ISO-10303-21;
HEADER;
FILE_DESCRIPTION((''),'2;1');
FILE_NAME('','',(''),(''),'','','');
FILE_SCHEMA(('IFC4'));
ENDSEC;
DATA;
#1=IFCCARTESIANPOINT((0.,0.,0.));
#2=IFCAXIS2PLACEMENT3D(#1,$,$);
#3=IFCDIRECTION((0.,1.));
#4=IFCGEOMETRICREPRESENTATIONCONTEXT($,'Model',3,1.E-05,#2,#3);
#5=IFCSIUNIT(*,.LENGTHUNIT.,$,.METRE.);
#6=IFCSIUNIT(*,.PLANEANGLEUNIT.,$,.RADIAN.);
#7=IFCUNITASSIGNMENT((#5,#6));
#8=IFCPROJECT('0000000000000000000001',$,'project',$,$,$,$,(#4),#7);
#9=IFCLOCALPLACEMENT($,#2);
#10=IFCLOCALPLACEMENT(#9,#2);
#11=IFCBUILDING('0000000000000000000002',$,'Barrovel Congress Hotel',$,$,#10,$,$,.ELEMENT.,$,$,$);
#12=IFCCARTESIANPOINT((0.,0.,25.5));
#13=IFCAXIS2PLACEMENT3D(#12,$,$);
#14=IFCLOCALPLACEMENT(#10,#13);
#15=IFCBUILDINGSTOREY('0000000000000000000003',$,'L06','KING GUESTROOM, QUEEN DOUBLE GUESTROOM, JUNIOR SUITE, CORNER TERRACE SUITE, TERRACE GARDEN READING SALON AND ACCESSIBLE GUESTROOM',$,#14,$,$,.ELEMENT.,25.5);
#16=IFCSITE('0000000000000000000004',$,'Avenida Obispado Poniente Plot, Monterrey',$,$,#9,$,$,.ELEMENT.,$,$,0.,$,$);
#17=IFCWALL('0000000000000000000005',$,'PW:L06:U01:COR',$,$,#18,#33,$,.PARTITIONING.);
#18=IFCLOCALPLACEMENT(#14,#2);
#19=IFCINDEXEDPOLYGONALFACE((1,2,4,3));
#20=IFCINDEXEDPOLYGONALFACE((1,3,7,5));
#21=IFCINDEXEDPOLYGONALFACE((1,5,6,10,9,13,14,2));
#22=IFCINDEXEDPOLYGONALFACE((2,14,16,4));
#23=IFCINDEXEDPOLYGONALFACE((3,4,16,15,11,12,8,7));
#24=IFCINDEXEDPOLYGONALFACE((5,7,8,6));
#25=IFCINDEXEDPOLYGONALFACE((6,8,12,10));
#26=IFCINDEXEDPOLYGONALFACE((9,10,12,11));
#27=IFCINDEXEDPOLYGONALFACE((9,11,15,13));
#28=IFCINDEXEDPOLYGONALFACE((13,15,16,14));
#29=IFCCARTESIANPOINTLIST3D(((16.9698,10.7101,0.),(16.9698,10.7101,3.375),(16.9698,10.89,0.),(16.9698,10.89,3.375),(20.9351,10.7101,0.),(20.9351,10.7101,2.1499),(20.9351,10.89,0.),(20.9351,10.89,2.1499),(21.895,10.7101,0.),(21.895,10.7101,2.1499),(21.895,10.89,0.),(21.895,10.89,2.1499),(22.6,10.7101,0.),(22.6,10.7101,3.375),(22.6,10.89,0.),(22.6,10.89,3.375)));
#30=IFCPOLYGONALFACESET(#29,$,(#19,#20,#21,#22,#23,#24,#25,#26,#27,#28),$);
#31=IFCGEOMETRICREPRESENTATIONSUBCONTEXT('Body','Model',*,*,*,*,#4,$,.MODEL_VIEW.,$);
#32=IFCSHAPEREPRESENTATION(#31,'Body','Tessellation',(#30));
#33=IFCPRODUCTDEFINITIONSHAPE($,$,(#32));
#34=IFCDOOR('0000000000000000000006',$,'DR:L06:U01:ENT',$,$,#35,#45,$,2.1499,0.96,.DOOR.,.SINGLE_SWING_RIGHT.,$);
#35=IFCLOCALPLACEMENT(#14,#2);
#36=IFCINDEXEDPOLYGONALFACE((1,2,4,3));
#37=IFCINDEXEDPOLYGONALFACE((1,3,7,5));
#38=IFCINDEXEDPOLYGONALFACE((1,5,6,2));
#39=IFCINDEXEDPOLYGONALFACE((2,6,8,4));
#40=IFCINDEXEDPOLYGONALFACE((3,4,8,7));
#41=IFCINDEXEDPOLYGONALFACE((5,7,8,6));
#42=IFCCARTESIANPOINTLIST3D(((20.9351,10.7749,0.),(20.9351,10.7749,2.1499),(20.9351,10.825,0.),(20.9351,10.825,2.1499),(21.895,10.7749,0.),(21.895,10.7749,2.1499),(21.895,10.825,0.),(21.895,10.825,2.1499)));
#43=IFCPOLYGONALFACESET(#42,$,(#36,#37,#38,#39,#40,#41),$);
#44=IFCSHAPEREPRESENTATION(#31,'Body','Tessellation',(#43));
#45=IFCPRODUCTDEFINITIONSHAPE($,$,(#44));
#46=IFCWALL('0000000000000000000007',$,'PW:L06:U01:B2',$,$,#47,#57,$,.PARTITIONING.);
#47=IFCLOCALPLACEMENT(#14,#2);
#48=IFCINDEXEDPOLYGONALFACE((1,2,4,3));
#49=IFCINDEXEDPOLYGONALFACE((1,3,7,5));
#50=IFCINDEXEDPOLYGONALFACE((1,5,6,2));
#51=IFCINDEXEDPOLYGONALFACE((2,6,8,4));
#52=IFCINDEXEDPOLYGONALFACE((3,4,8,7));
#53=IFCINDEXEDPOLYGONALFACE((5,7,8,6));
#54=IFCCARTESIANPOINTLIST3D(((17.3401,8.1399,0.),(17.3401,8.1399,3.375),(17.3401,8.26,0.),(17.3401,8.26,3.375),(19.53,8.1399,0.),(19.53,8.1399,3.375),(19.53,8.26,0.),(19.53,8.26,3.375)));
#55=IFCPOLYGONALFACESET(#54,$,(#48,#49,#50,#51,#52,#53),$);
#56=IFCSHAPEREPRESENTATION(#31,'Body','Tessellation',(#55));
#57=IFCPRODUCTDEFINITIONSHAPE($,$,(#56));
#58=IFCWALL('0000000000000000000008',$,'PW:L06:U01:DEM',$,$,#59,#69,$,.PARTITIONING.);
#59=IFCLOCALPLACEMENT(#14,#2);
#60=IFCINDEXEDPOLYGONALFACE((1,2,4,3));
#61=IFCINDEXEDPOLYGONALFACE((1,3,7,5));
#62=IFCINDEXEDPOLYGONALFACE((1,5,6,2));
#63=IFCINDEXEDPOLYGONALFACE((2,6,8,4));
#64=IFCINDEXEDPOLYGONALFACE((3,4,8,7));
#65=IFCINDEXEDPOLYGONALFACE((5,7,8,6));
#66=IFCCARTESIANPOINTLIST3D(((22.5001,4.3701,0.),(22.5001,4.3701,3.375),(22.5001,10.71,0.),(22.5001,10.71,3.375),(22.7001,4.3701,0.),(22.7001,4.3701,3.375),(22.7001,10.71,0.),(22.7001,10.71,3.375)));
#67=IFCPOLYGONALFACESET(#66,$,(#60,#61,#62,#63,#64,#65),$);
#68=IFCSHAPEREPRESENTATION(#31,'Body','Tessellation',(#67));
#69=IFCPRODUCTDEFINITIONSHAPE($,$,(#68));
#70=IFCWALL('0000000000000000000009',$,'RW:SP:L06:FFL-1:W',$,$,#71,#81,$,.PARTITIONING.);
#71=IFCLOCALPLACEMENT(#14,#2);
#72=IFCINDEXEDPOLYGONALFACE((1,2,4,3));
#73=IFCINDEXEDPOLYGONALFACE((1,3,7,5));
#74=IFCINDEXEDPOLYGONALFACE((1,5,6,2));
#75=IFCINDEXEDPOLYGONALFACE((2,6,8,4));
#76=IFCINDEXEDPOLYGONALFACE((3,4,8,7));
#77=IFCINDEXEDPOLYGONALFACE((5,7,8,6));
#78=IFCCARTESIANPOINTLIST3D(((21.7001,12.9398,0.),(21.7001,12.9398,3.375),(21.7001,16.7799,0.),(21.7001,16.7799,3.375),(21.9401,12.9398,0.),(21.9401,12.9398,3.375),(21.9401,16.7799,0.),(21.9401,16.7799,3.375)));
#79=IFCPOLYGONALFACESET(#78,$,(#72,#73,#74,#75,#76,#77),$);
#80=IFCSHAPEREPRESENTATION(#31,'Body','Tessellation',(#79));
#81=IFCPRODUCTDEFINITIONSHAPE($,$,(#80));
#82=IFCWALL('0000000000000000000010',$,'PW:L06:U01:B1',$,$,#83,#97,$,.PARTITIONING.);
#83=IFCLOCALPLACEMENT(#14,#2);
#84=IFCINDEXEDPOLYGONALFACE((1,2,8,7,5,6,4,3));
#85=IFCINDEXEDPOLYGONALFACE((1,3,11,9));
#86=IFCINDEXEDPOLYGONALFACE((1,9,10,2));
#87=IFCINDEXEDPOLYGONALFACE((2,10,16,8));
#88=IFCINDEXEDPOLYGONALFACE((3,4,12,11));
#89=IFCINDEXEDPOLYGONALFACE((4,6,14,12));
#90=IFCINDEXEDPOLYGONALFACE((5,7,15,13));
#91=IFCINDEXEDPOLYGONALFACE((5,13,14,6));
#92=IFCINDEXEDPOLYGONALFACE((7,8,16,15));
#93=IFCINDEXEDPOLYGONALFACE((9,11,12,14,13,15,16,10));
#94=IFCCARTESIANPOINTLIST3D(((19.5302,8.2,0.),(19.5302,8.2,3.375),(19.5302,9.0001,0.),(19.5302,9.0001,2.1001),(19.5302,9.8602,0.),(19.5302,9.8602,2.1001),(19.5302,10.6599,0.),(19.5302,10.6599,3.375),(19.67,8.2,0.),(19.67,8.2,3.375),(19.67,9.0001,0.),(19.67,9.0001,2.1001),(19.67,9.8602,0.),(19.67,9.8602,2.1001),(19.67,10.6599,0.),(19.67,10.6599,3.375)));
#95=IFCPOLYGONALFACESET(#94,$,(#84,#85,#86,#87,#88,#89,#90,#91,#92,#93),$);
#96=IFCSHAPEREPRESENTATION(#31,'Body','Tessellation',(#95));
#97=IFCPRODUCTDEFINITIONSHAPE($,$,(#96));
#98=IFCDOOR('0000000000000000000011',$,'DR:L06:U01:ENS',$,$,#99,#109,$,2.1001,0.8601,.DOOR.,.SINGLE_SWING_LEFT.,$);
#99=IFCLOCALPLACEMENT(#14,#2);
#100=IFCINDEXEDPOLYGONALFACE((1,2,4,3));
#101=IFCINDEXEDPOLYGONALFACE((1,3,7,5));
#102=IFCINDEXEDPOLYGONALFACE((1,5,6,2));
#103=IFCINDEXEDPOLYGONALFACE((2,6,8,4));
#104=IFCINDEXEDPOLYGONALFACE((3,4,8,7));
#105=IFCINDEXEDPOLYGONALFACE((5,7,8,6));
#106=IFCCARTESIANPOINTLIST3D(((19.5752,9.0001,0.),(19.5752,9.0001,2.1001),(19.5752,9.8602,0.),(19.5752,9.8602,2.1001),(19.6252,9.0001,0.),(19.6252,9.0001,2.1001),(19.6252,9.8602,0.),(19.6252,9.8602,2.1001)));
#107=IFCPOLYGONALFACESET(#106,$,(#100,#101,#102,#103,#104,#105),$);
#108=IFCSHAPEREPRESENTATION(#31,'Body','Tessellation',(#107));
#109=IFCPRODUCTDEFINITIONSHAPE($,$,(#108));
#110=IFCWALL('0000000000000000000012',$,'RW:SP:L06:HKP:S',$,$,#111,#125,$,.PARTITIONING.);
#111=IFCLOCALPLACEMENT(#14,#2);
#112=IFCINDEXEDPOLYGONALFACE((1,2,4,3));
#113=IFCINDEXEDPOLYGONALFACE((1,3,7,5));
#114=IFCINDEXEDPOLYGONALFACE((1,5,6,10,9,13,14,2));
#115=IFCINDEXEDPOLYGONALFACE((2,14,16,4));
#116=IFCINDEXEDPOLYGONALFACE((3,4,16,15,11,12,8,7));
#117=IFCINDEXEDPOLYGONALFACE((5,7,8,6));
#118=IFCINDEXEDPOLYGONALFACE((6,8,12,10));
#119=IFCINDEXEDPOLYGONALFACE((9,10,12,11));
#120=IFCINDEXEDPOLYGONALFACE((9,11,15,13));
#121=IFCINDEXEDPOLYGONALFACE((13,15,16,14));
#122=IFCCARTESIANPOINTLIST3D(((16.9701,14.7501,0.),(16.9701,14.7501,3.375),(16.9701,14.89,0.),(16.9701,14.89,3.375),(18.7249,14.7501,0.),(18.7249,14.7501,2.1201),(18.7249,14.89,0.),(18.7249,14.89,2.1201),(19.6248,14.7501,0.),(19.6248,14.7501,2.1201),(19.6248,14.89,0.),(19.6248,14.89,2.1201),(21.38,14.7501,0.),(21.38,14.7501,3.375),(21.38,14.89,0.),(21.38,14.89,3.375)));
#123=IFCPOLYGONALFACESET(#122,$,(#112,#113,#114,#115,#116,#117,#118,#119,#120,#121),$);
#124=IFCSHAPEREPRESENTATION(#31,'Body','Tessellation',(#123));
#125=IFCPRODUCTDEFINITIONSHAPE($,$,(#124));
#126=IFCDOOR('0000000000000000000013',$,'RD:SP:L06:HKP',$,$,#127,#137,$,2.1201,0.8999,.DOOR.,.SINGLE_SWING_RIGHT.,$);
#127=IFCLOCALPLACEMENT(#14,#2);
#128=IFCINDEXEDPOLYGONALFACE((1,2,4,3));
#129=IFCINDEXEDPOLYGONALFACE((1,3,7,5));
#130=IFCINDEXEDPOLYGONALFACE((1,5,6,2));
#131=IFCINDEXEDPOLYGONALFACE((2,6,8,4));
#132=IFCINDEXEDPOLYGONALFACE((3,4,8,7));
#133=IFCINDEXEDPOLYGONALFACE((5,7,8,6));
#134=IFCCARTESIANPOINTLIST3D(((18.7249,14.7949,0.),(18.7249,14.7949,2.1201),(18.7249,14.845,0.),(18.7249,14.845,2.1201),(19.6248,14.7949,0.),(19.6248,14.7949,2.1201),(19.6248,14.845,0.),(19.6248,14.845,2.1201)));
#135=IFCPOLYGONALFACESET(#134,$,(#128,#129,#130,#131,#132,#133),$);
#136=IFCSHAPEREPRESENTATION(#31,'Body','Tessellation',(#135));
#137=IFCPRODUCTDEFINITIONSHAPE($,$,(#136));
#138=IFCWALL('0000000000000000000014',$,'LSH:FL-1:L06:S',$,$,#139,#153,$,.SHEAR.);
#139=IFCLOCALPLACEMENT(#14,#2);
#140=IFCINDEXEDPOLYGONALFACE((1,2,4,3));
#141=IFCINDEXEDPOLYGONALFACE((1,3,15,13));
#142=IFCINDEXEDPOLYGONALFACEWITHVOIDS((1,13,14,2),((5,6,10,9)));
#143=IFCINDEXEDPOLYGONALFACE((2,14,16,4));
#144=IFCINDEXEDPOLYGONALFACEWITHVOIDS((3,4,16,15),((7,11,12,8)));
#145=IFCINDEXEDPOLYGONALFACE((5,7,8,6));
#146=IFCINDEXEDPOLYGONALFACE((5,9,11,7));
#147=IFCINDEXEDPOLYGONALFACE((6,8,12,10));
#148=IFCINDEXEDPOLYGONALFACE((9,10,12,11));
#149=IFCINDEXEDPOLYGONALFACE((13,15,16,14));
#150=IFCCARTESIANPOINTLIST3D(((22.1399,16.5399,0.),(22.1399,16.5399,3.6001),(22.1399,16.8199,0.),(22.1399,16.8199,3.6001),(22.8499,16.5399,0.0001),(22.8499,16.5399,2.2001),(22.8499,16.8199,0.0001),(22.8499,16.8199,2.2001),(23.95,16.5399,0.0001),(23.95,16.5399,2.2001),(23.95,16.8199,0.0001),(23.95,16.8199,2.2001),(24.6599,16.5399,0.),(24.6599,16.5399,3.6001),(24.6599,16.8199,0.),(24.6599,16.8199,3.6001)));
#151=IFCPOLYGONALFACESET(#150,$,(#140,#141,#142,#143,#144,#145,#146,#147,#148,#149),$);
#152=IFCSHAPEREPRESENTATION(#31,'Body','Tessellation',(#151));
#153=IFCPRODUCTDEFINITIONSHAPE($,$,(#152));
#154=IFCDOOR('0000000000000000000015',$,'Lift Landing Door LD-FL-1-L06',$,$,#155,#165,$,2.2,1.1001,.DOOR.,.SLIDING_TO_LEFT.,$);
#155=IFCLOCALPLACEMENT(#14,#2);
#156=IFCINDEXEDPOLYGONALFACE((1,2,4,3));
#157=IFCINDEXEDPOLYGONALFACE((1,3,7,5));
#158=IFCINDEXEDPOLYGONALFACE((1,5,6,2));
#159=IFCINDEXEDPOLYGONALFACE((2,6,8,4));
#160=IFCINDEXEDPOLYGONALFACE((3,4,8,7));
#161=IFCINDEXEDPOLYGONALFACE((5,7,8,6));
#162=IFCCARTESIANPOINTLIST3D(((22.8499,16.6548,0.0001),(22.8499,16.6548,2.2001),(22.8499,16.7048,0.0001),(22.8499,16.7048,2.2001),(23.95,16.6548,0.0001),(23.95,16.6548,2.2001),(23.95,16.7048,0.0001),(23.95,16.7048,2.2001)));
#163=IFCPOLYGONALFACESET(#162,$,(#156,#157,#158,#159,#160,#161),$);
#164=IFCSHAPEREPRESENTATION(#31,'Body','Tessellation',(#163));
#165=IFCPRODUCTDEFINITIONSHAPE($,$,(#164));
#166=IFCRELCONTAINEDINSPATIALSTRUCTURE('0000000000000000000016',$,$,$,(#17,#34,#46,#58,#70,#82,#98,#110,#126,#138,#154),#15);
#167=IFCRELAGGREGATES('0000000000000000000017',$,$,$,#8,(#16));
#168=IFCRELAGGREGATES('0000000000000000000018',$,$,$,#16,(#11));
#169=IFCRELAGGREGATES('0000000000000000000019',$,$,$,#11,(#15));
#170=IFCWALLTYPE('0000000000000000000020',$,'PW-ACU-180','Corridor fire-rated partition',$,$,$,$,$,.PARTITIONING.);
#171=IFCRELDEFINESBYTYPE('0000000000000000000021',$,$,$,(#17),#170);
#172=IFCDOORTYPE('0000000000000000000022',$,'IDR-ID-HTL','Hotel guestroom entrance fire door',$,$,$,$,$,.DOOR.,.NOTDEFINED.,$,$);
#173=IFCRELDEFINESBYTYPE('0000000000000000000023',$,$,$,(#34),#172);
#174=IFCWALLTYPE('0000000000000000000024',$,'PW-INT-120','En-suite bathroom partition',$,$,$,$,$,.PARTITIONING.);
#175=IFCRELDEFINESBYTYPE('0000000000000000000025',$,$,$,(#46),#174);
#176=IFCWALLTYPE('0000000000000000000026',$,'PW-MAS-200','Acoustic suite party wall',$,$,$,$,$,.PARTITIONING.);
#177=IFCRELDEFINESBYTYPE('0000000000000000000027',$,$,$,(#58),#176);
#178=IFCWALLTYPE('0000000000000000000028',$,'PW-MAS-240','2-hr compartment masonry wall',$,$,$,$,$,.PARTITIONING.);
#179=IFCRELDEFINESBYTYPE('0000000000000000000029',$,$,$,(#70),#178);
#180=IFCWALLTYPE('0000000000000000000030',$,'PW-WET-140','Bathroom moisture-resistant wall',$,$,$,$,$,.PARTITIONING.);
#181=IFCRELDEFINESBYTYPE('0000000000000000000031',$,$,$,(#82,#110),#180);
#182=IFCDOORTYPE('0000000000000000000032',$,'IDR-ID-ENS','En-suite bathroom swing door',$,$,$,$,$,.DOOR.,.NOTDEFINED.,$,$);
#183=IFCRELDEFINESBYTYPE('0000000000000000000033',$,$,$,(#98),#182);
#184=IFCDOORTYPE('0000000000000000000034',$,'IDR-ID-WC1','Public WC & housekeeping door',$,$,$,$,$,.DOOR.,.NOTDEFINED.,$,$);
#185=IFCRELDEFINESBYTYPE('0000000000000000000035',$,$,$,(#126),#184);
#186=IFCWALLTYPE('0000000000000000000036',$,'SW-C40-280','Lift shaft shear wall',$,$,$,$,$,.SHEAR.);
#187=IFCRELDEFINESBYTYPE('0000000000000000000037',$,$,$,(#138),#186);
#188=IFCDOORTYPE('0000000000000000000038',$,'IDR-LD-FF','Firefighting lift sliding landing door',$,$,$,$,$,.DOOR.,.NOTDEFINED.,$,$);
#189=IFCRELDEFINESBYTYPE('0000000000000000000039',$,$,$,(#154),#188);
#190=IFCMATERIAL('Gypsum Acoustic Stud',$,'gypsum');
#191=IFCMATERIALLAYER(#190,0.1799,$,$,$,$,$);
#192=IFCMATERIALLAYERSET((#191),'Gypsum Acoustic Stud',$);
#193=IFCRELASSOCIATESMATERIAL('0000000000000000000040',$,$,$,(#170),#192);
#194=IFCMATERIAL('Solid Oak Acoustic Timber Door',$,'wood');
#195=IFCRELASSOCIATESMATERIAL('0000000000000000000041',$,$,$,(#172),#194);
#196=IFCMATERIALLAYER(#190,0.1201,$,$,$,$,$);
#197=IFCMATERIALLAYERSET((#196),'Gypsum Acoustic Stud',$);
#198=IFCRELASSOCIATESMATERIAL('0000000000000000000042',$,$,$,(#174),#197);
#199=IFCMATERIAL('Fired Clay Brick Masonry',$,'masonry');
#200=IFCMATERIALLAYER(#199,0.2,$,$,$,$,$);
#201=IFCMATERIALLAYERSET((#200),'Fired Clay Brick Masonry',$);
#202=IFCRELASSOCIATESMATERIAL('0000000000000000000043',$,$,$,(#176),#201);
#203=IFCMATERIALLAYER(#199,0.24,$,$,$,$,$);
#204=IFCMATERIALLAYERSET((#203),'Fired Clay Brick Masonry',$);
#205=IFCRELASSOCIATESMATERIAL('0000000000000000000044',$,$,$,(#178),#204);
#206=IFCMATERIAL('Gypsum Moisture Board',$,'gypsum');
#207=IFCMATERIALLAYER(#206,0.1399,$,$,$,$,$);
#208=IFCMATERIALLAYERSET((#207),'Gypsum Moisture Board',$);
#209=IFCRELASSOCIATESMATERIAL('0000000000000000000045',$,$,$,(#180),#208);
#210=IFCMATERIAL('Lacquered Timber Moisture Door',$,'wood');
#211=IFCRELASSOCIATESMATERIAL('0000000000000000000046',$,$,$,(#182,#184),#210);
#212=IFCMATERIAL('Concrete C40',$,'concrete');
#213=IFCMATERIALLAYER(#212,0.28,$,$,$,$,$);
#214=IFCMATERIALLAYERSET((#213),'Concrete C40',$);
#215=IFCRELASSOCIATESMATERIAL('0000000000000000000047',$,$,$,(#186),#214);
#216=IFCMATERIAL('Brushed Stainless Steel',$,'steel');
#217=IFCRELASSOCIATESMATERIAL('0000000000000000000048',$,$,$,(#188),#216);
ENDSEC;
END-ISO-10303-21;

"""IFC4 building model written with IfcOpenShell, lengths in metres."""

from ifc_helpers import new_model, si_unit, direction, frame, frame_2d, origin, place, context, subcontext, project, spatial, rectangle, extrude, material, layer, layer_set, type_object, element, fill, save


model = new_model("IFC4")

# Units and contexts
model_context = context("Model", 3, precision=1e-05, world=origin(), true_north=direction((0.0, 1.0)))
body_context = subcontext(model_context, "Body", "Model", "MODEL_VIEW")
ifc_project = project(units=[si_unit("LENGTHUNIT", "METRE"), si_unit("PLANEANGLEUNIT", "RADIAN")], contexts=[model_context])

# Site, building, storey
site_placement = place(None, origin())
site = spatial("IfcSite", under=ifc_project, at=site_placement, Name="Avenida Obispado Poniente Plot, Monterrey", CompositionType="ELEMENT", RefElevation=0.0)
building_placement = place(site_placement, origin())
building = spatial("IfcBuilding", under=site, at=building_placement, Name="Barrovel Congress Hotel", CompositionType="ELEMENT")
storey_placement = place(building_placement, frame((0.0, 0.0, 25.5)))
storey = spatial("IfcBuildingStorey", under=building, at=storey_placement, Name="L06", Description="KING GUESTROOM, QUEEN DOUBLE GUESTROOM, JUNIOR SUITE, CORNER TERRACE SUITE, TERRACE GARDEN READING SALON AND ACCESSIBLE GUESTROOM", CompositionType="ELEMENT", Elevation=25.5)

# Shared definitions
ifc_material_1 = material(Name="Concrete C40", Category="concrete")

# Shared definitions
ifc_material_2 = material(Name="Fired Clay Brick Masonry", Category="masonry")

# Wall, opening, door
ifc_material_3 = material(Name="Gypsum Acoustic Stud", Category="gypsum")
ifc_layer_1 = layer(ifc_material_3, 0.1799)
ifc_layer_set_1 = layer_set([ifc_layer_1], Name="Gypsum Acoustic Stud")
wall_type_1 = type_object("IfcWallType", Name="PW-ACU-180", Description="Corridor fire-rated partition", PredefinedType="PARTITIONING", material=ifc_layer_set_1)
wall_1_placement = place(storey_placement, frame((16.97, 10.8, 0.0), z_axis=(0.0, 0.0, 1.0), x_axis=(1.0, 0.0, 0.0)))
wall_1 = element("IfcWall", 1, at=wall_1_placement, inside=storey, type_object=wall_type_1, Name="PW:L06:U01:COR", PredefinedType="PARTITIONING", context=body_context, shape_type="SweptSolid", body=[
    extrude(rectangle(XDim=5.6301, YDim=0.1799, at=frame_2d((2.8149, 0.0))), origin(), (0.0, 0.0, 1.0), 3.375),
])
opening_1_placement = place(wall_1_placement, frame((3.9651, 0.0, 0.0)))
opening_1 = element("IfcOpeningElement", 2, at=opening_1_placement, cuts=wall_1, PredefinedType="OPENING", context=body_context, shape_type="SweptSolid", body=[
    extrude(rectangle(XDim=0.96, YDim=2.1499, at=frame_2d((0.48, 1.075))), frame((0.0, 0.1001, 0.0), z_axis=(0.0, -1.0, 0.0), x_axis=(1.0, 0.0, 0.0)), (0.0, 0.0, 1.0), 0.2),
])
ifc_material_4 = material(Name="Solid Oak Acoustic Timber Door", Category="wood")
door_type_1 = type_object("IfcDoorType", Name="IDR-ID-HTL", Description="Hotel guestroom entrance fire door", OperationType="NOTDEFINED", PredefinedType="DOOR", material=ifc_material_4)
door_1_placement = place(opening_1_placement, origin())
door_1 = element("IfcDoor", 3, at=door_1_placement, inside=storey, type_object=door_type_1, Name="DR:L06:U01:ENT", OperationType="SINGLE_SWING_RIGHT", OverallHeight=2.1499, OverallWidth=0.96, PredefinedType="DOOR", context=body_context, shape_type="SweptSolid", body=[
    extrude(rectangle(XDim=0.96, YDim=2.1499, at=frame_2d((0.48, 1.075))), frame((0.0, 0.0249, 0.0), z_axis=(0.0, -1.0, 0.0), x_axis=(1.0, 0.0, 0.0)), (0.0, 0.0, 1.0), 0.05),
])
fill(opening_1, door_1)

# Walls
ifc_layer_2 = layer(ifc_material_3, 0.1201)
ifc_layer_set_2 = layer_set([ifc_layer_2], Name="Gypsum Acoustic Stud")
wall_type_2 = type_object("IfcWallType", Name="PW-INT-120", Description="En-suite bathroom partition", PredefinedType="PARTITIONING", material=ifc_layer_set_2)
wall_2_placement = place(storey_placement, frame((17.3401, 8.2, 0.0), z_axis=(0.0, 0.0, 1.0), x_axis=(1.0, 0.0, 0.0)))
element("IfcWall", 4, at=wall_2_placement, inside=storey, type_object=wall_type_2, Name="PW:L06:U01:B2", PredefinedType="PARTITIONING", context=body_context, shape_type="SweptSolid", body=[
    extrude(rectangle(XDim=2.1899, YDim=0.1201, at=frame_2d((1.095, 0.0))), origin(), (0.0, 0.0, 1.0), 3.375),
])
ifc_layer_3 = layer(ifc_material_2, 0.2)
ifc_layer_set_3 = layer_set([ifc_layer_3], Name="Fired Clay Brick Masonry")
wall_type_3 = type_object("IfcWallType", Name="PW-MAS-200", Description="Acoustic suite party wall", PredefinedType="PARTITIONING", material=ifc_layer_set_3)
wall_3_placement = place(storey_placement, frame((22.6001, 4.3701, 0.0), z_axis=(0.0, 0.0, 1.0), x_axis=(0.0, 1.0, 0.0)))
element("IfcWall", 5, at=wall_3_placement, inside=storey, type_object=wall_type_3, Name="PW:L06:U01:DEM", PredefinedType="PARTITIONING", context=body_context, shape_type="SweptSolid", body=[
    extrude(rectangle(XDim=6.3398, YDim=0.2, at=frame_2d((3.1699, 0.0))), origin(), (0.0, 0.0, 1.0), 3.375),
])

# Shared definitions
ifc_layer_4 = layer(ifc_material_2, 0.24)
ifc_layer_set_4 = layer_set([ifc_layer_4], Name="Fired Clay Brick Masonry")
wall_type_4 = type_object("IfcWallType", Name="PW-MAS-240", Description="2-hr compartment masonry wall", PredefinedType="PARTITIONING", material=ifc_layer_set_4)

# Wall
wall_4_placement = place(storey_placement, frame((21.8201, 12.9399, 0.0), z_axis=(0.0, 0.0, 1.0), x_axis=(0.0, 1.0, 0.0)))
element("IfcWall", 6, at=wall_4_placement, inside=storey, type_object=wall_type_4, Name="RW:SP:L06:FFL-1:W", PredefinedType="PARTITIONING", context=body_context, shape_type="SweptSolid", body=[
    extrude(rectangle(XDim=3.8401, YDim=0.24, at=frame_2d((1.9199, 0.0))), origin(), (0.0, 0.0, 1.0), 3.375),
])

# Walls, openings, doors
ifc_material_5 = material(Name="Gypsum Moisture Board", Category="gypsum")
ifc_layer_5 = layer(ifc_material_5, 0.1399)
ifc_layer_set_5 = layer_set([ifc_layer_5], Name="Gypsum Moisture Board")
wall_type_5 = type_object("IfcWallType", Name="PW-WET-140", Description="Bathroom moisture-resistant wall", PredefinedType="PARTITIONING", material=ifc_layer_set_5)
wall_5_placement = place(storey_placement, frame((19.6001, 8.2, 0.0), z_axis=(0.0, 0.0, 1.0), x_axis=(0.0, 1.0, 0.0)))
wall_5 = element("IfcWall", 7, at=wall_5_placement, inside=storey, type_object=wall_type_5, Name="PW:L06:U01:B1", PredefinedType="PARTITIONING", context=body_context, shape_type="SweptSolid", body=[
    extrude(rectangle(XDim=2.46, YDim=0.1399, at=frame_2d((1.23, 0.0))), origin(), (0.0, 0.0, 1.0), 3.375),
])
opening_2_placement = place(wall_5_placement, frame((0.8, 0.0, 0.0)))
opening_2 = element("IfcOpeningElement", 8, at=opening_2_placement, cuts=wall_5, PredefinedType="OPENING", context=body_context, shape_type="SweptSolid", body=[
    extrude(rectangle(XDim=0.8601, YDim=2.1001, at=frame_2d((0.4302, 1.05))), frame((0.0, 0.0801, 0.0), z_axis=(0.0, -1.0, 0.0), x_axis=(1.0, 0.0, 0.0)), (0.0, 0.0, 1.0), 0.1599),
])
ifc_material_6 = material(Name="Lacquered Timber Moisture Door", Category="wood")
door_type_2 = type_object("IfcDoorType", Name="IDR-ID-ENS", Description="En-suite bathroom swing door", OperationType="NOTDEFINED", PredefinedType="DOOR", material=ifc_material_6)
door_2_placement = place(opening_2_placement, origin())
door_2 = element("IfcDoor", 9, at=door_2_placement, inside=storey, type_object=door_type_2, Name="DR:L06:U01:ENS", OperationType="SINGLE_SWING_LEFT", OverallHeight=2.1001, OverallWidth=0.8601, PredefinedType="DOOR", context=body_context, shape_type="SweptSolid", body=[
    extrude(rectangle(XDim=0.8601, YDim=2.1001, at=frame_2d((0.4302, 1.05))), frame((0.0, 0.0249, 0.0), z_axis=(0.0, -1.0, 0.0), x_axis=(1.0, 0.0, 0.0)), (0.0, 0.0, 1.0), 0.05),
])
fill(opening_2, door_2)
wall_6_placement = place(storey_placement, frame((16.97, 14.8201, 0.0), z_axis=(0.0, 0.0, 1.0), x_axis=(1.0, 0.0, 0.0)))
wall_6 = element("IfcWall", 10, at=wall_6_placement, inside=storey, type_object=wall_type_5, Name="RW:SP:L06:HKP:S", PredefinedType="PARTITIONING", context=body_context, shape_type="SweptSolid", body=[
    extrude(rectangle(XDim=4.4099, YDim=0.1399, at=frame_2d((2.2051, 0.0))), origin(), (0.0, 0.0, 1.0), 3.375),
])
opening_3_placement = place(wall_6_placement, frame((1.7549, 0.0, 0.0)))
opening_3 = element("IfcOpeningElement", 11, at=opening_3_placement, cuts=wall_6, PredefinedType="OPENING", context=body_context, shape_type="SweptSolid", body=[
    extrude(rectangle(XDim=0.8999, YDim=2.1201, at=frame_2d((0.45, 1.0601))), frame((0.0, 0.0801, 0.0), z_axis=(0.0, -1.0, 0.0), x_axis=(1.0, 0.0, 0.0)), (0.0, 0.0, 1.0), 0.1599),
])
door_type_3 = type_object("IfcDoorType", Name="IDR-ID-WC1", Description="Public WC & housekeeping door", OperationType="NOTDEFINED", PredefinedType="DOOR", material=ifc_material_6)
door_3_placement = place(opening_3_placement, origin())
door_3 = element("IfcDoor", 12, at=door_3_placement, inside=storey, type_object=door_type_3, Name="RD:SP:L06:HKP", OperationType="SINGLE_SWING_RIGHT", OverallHeight=2.1201, OverallWidth=0.8999, PredefinedType="DOOR", context=body_context, shape_type="SweptSolid", body=[
    extrude(rectangle(XDim=0.8999, YDim=2.1201, at=frame_2d((0.45, 1.0601))), frame((0.0, 0.0249, 0.0), z_axis=(0.0, -1.0, 0.0), x_axis=(1.0, 0.0, 0.0)), (0.0, 0.0, 1.0), 0.05),
])
fill(opening_3, door_3)
ifc_layer_6 = layer(ifc_material_1, 0.28)
ifc_layer_set_6 = layer_set([ifc_layer_6], Name="Concrete C40")
wall_type_6 = type_object("IfcWallType", Name="SW-C40-280", Description="Lift shaft shear wall", PredefinedType="SHEAR", material=ifc_layer_set_6)
wall_7_placement = place(storey_placement, frame((22.1399, 16.6799, 0.0), z_axis=(0.0, 0.0, 1.0), x_axis=(1.0, 0.0, 0.0)))
wall_7 = element("IfcWall", 13, at=wall_7_placement, inside=storey, type_object=wall_type_6, Name="LSH:FL-1:L06:S", PredefinedType="SHEAR", context=body_context, shape_type="SweptSolid", body=[
    extrude(rectangle(XDim=2.52, YDim=0.28, at=frame_2d((1.26, 0.0))), origin(), (0.0, 0.0, 1.0), 3.6001),
])
opening_4_placement = place(wall_7_placement, frame((0.71, 0.0, 0.0)))
opening_4 = element("IfcOpeningElement", 14, at=opening_4_placement, cuts=wall_7, PredefinedType="OPENING", context=body_context, shape_type="SweptSolid", body=[
    extrude(rectangle(XDim=1.1001, YDim=2.2, at=frame_2d((0.55, 1.1001))), frame((0.0, 0.1499, 0.0), z_axis=(0.0, -1.0, 0.0), x_axis=(1.0, 0.0, 0.0)), (0.0, 0.0, 1.0), 0.3),
])
ifc_material_7 = material(Name="Brushed Stainless Steel", Category="steel")
door_type_4 = type_object("IfcDoorType", Name="IDR-LD-FF", Description="Firefighting lift sliding landing door", OperationType="NOTDEFINED", PredefinedType="DOOR", material=ifc_material_7)
door_4_placement = place(opening_4_placement, origin())
door_4 = element("IfcDoor", 15, at=door_4_placement, inside=storey, type_object=door_type_4, Name="Lift Landing Door LD-FL-1-L06", OperationType="SLIDING_TO_LEFT", OverallHeight=2.2, OverallWidth=1.1001, PredefinedType="DOOR", context=body_context, shape_type="SweptSolid", body=[
    extrude(rectangle(XDim=1.1001, YDim=2.2, at=frame_2d((0.55, 1.1001))), frame((0.0, 0.0249, 0.0), z_axis=(0.0, -1.0, 0.0), x_axis=(1.0, 0.0, 0.0)), (0.0, 0.0, 1.0), 0.05),
])
fill(opening_4, door_4)

save(model, "model.ifc")
